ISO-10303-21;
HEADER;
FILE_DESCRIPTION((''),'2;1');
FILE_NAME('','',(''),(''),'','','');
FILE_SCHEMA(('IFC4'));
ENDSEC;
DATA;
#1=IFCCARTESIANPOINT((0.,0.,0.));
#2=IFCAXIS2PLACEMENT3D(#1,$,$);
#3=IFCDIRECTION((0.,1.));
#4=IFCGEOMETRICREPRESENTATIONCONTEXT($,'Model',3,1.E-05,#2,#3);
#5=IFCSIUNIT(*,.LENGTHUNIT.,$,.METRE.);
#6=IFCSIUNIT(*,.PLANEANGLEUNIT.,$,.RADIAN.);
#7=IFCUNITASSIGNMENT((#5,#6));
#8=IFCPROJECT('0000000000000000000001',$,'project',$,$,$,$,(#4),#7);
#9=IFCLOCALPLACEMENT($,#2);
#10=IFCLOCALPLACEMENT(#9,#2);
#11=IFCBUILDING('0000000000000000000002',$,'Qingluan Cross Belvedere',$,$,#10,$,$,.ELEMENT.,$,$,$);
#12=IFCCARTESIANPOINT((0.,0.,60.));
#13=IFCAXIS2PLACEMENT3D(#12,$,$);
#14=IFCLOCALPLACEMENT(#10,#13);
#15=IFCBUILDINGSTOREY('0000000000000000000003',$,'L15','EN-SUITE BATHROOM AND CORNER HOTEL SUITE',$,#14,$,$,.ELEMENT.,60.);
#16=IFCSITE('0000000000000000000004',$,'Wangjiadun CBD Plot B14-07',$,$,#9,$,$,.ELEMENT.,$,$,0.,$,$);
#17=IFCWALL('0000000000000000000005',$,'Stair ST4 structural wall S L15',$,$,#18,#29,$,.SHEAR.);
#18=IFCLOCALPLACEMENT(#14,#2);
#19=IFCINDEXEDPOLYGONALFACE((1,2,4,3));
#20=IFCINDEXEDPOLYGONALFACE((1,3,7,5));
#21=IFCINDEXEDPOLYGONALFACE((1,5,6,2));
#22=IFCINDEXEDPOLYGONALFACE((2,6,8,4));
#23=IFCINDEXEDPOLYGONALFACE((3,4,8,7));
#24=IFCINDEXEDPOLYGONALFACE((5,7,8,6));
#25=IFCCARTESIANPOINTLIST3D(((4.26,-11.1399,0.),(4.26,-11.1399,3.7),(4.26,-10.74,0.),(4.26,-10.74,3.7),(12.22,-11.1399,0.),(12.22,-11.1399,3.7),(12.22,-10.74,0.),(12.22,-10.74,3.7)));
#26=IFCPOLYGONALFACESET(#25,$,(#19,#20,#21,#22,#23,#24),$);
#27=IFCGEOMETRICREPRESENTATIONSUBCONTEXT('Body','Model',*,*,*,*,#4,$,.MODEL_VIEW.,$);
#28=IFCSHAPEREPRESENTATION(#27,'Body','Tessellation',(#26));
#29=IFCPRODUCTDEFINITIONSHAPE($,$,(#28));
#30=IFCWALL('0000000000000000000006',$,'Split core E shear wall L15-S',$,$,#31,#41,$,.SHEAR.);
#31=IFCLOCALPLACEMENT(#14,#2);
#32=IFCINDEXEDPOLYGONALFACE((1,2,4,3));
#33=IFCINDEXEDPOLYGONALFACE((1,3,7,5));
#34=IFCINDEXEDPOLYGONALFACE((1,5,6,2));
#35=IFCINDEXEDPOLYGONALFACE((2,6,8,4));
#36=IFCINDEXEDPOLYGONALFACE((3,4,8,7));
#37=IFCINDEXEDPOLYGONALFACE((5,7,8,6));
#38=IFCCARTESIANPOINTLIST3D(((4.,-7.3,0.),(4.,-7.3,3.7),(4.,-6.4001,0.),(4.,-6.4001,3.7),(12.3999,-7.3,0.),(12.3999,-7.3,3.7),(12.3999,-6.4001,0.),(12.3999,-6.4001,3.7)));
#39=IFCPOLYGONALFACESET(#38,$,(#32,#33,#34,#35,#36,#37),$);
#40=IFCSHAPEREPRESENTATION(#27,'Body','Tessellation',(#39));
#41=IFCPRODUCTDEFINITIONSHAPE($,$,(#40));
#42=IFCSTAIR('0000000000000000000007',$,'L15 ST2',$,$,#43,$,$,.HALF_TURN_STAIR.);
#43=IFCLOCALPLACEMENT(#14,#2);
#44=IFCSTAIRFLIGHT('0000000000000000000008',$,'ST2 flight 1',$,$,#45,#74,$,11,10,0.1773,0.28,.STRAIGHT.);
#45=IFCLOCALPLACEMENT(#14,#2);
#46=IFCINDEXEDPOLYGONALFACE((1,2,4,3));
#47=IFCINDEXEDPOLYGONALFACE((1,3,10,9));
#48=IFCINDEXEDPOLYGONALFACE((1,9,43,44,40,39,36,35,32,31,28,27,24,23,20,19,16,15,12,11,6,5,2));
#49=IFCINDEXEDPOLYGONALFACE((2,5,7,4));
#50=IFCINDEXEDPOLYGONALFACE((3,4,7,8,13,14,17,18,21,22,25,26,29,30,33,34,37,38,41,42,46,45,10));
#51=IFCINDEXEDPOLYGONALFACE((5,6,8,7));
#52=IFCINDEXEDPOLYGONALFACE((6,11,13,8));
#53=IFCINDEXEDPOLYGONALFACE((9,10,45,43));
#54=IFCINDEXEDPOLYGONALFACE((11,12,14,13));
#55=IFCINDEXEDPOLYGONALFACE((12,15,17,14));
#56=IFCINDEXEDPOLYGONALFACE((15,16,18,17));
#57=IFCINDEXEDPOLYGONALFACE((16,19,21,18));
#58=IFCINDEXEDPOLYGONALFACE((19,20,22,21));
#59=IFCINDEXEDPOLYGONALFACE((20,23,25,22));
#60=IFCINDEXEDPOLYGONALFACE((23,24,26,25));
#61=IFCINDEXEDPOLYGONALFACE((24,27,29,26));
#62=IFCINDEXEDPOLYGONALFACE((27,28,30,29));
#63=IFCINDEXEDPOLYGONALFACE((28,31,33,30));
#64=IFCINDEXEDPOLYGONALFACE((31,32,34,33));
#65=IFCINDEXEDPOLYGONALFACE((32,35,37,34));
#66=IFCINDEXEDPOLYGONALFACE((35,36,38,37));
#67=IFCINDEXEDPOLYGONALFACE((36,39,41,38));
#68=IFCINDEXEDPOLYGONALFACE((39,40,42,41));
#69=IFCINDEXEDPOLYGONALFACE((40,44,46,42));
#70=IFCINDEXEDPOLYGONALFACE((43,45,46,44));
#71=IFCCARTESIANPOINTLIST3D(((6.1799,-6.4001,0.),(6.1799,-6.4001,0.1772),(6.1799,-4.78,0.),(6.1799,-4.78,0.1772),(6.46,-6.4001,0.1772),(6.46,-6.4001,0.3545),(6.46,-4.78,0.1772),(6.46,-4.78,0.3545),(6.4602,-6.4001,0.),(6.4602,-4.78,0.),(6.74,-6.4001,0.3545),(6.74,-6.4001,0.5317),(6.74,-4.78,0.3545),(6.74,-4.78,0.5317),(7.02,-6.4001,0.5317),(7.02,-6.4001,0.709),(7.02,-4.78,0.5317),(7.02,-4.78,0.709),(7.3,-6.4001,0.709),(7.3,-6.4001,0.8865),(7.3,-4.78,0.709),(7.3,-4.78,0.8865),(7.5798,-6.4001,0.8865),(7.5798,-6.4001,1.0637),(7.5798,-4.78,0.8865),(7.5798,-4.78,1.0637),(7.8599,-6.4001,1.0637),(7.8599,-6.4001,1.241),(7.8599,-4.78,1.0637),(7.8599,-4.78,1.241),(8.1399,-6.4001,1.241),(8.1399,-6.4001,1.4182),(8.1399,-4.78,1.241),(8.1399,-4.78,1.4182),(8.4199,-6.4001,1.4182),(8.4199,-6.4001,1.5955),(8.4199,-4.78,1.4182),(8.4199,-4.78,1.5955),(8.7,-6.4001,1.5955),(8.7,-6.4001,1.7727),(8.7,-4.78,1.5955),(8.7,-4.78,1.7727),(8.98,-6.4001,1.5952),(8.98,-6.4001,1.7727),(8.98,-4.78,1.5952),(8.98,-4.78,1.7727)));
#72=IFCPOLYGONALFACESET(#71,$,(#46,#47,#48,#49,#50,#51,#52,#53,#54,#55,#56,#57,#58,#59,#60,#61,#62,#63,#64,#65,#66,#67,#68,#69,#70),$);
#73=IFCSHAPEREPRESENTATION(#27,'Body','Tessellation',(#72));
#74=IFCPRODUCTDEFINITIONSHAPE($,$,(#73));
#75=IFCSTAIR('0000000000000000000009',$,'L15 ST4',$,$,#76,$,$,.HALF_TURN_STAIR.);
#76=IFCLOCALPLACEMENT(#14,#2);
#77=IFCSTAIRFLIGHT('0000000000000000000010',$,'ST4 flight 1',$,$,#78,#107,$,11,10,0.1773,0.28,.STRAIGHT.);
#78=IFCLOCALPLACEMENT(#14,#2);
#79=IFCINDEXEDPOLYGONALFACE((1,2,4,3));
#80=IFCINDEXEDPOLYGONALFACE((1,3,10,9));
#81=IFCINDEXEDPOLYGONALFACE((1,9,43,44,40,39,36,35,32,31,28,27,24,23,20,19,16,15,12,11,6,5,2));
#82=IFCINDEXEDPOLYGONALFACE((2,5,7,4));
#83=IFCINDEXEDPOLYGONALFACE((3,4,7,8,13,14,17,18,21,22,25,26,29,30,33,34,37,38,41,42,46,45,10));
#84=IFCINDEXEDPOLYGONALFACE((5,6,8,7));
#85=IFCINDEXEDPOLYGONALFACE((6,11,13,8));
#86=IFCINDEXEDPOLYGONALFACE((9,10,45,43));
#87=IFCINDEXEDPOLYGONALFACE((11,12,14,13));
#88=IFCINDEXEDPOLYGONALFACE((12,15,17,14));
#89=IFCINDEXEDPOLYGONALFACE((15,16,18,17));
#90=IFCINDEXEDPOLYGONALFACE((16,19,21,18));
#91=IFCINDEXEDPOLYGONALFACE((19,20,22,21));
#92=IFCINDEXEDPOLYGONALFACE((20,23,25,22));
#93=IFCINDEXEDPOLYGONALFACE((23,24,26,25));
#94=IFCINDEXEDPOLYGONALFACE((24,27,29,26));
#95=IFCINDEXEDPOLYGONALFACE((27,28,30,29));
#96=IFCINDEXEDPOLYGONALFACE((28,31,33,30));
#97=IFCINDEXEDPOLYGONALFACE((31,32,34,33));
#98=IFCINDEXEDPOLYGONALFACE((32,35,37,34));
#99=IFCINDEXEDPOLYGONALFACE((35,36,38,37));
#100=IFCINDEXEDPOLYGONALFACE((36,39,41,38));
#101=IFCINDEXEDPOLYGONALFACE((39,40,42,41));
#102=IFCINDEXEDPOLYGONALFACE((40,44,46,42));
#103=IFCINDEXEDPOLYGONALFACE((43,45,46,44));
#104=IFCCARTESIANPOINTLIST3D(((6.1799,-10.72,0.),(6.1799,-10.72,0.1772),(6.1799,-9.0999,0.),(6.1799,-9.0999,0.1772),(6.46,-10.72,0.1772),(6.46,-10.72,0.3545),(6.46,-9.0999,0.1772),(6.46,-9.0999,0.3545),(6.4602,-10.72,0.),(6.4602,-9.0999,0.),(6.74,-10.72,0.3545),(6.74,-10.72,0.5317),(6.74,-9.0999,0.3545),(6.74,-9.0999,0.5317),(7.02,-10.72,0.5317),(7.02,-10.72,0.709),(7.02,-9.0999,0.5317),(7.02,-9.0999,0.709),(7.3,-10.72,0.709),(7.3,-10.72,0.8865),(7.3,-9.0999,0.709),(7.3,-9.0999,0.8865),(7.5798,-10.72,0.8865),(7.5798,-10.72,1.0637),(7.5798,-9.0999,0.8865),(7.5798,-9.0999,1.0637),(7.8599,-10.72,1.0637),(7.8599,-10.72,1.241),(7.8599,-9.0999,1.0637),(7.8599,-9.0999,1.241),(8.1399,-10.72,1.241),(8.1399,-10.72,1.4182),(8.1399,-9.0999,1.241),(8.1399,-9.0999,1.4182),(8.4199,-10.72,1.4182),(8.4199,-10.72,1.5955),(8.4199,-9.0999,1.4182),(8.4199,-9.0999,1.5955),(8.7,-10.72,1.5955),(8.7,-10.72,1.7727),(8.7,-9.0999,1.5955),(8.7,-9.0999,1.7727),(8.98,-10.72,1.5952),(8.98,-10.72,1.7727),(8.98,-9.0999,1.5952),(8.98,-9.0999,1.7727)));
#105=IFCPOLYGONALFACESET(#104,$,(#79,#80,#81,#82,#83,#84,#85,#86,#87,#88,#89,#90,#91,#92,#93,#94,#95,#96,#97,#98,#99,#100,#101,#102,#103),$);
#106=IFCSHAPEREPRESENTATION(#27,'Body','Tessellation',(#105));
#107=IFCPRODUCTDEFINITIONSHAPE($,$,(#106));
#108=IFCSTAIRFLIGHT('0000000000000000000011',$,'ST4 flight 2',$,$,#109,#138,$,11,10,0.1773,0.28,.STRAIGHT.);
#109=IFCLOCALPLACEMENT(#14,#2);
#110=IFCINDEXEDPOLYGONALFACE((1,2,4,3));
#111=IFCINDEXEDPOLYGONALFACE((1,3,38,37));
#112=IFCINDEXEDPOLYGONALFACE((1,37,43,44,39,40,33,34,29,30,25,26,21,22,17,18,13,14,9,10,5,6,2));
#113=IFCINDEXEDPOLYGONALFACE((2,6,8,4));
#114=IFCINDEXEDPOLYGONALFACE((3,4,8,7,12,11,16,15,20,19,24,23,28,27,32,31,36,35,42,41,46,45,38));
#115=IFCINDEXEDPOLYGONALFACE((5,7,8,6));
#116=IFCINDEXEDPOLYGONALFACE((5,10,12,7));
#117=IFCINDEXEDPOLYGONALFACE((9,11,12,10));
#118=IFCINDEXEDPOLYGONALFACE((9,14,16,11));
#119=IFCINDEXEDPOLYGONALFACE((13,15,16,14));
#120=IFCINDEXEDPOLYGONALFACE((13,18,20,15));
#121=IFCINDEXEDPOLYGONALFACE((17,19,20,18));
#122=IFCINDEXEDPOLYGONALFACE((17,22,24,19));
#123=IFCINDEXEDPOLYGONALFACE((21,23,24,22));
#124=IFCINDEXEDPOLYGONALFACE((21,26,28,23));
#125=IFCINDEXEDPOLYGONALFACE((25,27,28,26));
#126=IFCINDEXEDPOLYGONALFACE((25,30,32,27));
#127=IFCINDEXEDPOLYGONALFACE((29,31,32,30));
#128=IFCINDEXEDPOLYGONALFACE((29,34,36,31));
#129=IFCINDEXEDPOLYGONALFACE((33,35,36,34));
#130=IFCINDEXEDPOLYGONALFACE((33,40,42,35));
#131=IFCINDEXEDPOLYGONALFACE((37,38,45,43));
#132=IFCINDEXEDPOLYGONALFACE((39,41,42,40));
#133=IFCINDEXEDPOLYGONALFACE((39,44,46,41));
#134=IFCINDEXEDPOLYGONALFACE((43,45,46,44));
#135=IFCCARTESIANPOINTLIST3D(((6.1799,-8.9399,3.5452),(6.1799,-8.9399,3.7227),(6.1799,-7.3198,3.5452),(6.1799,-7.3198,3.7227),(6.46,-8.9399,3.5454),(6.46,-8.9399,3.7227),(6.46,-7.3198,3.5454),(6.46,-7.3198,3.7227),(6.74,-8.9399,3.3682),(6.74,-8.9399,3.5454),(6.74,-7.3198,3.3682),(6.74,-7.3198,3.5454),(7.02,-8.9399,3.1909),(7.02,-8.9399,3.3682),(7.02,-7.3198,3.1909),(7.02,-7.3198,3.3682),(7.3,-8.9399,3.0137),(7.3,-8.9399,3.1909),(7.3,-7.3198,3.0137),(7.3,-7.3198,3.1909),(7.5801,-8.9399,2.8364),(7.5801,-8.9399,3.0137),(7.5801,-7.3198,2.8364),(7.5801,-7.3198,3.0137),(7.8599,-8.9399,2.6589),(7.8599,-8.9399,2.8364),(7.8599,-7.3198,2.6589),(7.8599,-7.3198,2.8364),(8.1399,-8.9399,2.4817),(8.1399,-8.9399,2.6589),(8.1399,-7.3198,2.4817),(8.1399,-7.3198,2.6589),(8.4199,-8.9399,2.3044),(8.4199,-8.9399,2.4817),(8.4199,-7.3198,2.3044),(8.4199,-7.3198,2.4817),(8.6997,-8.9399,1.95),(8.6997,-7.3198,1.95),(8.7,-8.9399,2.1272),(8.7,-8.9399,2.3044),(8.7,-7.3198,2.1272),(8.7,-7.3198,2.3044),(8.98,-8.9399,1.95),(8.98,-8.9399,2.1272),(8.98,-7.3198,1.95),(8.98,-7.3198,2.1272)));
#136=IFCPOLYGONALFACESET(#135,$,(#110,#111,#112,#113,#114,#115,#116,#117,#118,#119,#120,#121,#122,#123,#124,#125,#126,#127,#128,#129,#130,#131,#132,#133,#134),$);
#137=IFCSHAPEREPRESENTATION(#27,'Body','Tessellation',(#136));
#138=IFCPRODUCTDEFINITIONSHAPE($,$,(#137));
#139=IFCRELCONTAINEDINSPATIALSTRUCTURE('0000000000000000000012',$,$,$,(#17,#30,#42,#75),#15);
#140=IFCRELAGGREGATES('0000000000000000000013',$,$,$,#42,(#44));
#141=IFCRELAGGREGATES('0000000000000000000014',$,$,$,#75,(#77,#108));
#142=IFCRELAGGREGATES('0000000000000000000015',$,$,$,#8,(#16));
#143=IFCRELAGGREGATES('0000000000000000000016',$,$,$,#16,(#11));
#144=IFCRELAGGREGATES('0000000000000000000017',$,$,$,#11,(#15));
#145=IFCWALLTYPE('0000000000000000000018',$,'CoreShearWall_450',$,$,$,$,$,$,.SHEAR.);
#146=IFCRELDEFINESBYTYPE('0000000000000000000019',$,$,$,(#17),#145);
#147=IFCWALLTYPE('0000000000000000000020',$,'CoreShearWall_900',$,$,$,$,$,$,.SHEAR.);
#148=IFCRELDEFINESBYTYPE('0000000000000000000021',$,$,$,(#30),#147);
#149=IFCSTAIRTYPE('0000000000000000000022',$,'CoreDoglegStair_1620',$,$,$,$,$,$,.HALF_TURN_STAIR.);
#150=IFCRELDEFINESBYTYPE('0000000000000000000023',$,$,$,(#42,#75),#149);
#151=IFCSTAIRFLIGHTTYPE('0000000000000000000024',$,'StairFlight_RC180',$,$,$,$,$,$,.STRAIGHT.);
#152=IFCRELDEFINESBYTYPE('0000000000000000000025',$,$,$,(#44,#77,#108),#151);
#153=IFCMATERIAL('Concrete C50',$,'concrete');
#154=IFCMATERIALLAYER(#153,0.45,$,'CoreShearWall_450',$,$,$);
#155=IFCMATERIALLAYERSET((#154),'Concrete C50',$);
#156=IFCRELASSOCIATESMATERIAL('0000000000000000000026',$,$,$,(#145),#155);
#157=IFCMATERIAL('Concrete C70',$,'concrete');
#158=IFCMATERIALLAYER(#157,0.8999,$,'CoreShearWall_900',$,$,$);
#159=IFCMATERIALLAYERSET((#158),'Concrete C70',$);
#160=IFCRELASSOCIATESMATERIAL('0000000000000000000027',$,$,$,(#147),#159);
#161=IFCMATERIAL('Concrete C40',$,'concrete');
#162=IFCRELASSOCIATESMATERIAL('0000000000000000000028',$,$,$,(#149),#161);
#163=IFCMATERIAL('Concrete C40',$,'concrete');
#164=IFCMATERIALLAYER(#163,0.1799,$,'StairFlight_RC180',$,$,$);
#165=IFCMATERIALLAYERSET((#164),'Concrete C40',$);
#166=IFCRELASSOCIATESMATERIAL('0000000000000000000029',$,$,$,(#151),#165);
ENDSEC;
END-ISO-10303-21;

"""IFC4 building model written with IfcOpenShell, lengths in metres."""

from ifc_helpers import new_model, si_unit, direction, frame, frame_2d, origin, place, context, subcontext, project, spatial, polyline, rectangle, outline, extrude, material, layer, layer_set, type_object, element, aggregate, save


model = new_model("IFC4")

# Units and contexts
model_context = context("Model", 3, precision=1e-05, world=origin(), true_north=direction((0.0, 1.0)))
body_context = subcontext(model_context, "Body", "Model", "MODEL_VIEW")
ifc_project = project(units=[si_unit("LENGTHUNIT", "METRE"), si_unit("PLANEANGLEUNIT", "RADIAN")], contexts=[model_context])

# Site, building, storey
site_placement = place(None, origin())
site = spatial("IfcSite", under=ifc_project, at=site_placement, Name="Wangjiadun CBD Plot B14-07", CompositionType="ELEMENT", RefElevation=0.0)
building_placement = place(site_placement, origin())
building = spatial("IfcBuilding", under=site, at=building_placement, Name="Qingluan Cross Belvedere", CompositionType="ELEMENT")
storey_placement = place(building_placement, frame((0.0, 0.0, 60.0)))
storey = spatial("IfcBuildingStorey", under=building, at=storey_placement, Name="L15", Description="EN-SUITE BATHROOM AND CORNER HOTEL SUITE", CompositionType="ELEMENT", Elevation=60.0)

# Wall
ifc_material_1 = material(Name="Concrete C50", Category="concrete")
ifc_layer_1 = layer(ifc_material_1, 0.45, Name="CoreShearWall_450")
ifc_layer_set_1 = layer_set([ifc_layer_1], Name="Concrete C50")
wall_type_1 = type_object("IfcWallType", Name="CoreShearWall_450", PredefinedType="SHEAR", material=ifc_layer_set_1)
wall_1_placement = place(storey_placement, frame((4.26, -10.9399, 0.0), z_axis=(0.0, 0.0, 1.0), x_axis=(1.0, 0.0, 0.0)))
element("IfcWall", 1, at=wall_1_placement, inside=storey, type_object=wall_type_1, Name="Stair ST4 structural wall S L15", PredefinedType="SHEAR", context=body_context, shape_type="SweptSolid", body=[
    extrude(rectangle(XDim=7.96, YDim=0.3999, at=frame_2d((3.98, 0.0))), origin(), (0.0, 0.0, 1.0), 3.7),
])

# Wall
ifc_material_2 = material(Name="Concrete C70", Category="concrete")
ifc_layer_2 = layer(ifc_material_2, 0.8999, Name="CoreShearWall_900")
ifc_layer_set_2 = layer_set([ifc_layer_2], Name="Concrete C70")
wall_type_2 = type_object("IfcWallType", Name="CoreShearWall_900", PredefinedType="SHEAR", material=ifc_layer_set_2)
wall_2_placement = place(storey_placement, frame((4.0, -6.8501, 0.0), z_axis=(0.0, 0.0, 1.0), x_axis=(1.0, 0.0, 0.0)))
element("IfcWall", 2, at=wall_2_placement, inside=storey, type_object=wall_type_2, Name="Split core E shear wall L15-S", PredefinedType="SHEAR", context=body_context, shape_type="SweptSolid", body=[
    extrude(rectangle(XDim=8.3999, YDim=0.8999, at=frame_2d((4.2, 0.0))), origin(), (0.0, 0.0, 1.0), 3.7),
])

# Stair, stair flight
ifc_material_3 = material(Name="Concrete C40", Category="concrete")
stair_type = type_object("IfcStairType", Name="CoreDoglegStair_1620", PredefinedType="HALF_TURN_STAIR", material=ifc_material_3)
stair_1_placement = place(storey_placement, origin())
stair_1 = element("IfcStair", 3, at=stair_1_placement, inside=storey, type_object=stair_type, Name="L15 ST2", PredefinedType="HALF_TURN_STAIR")
ifc_material_4 = material(Name="Concrete C40", Category="concrete")
ifc_layer_3 = layer(ifc_material_4, 0.1799, Name="StairFlight_RC180")
ifc_layer_set_3 = layer_set([ifc_layer_3], Name="Concrete C40")
stair_flight_type = type_object("IfcStairFlightType", Name="StairFlight_RC180", PredefinedType="STRAIGHT", material=ifc_layer_set_3)
stair_flight_1_placement = place(storey_placement, frame((6.1799, -5.5901, 0.0), z_axis=(0.0, 0.0, 1.0), x_axis=(1.0, 0.0, 0.0)))
stair_flight_1 = element("IfcStairFlight", 4, at=stair_flight_1_placement, type_object=stair_flight_type, Name="ST2 flight 1", NumberOfRisers=11, NumberOfTreads=10, PredefinedType="STRAIGHT", RiserHeight=0.1773, TreadLength=0.28, context=body_context, shape_type="SweptSolid", body=[
    extrude(outline(polyline([(0.0, 0.0), (0.0, 0.1772), (0.28, 0.1772), (0.28, 0.3545), (0.5601, 0.3545), (0.5601, 0.5317), (0.8401, 0.5317), (0.8401, 0.709), (1.1201, 0.709), (1.1201, 0.8865), (1.3999, 0.8865), (1.3999, 1.0637), (1.6799, 1.0637), (1.6799, 1.241), (1.96, 1.241), (1.96, 1.4182), (2.24, 1.4182), (2.24, 1.5955), (2.52, 1.5955), (2.52, 1.7727), (2.8, 1.7727), (2.8, 1.95), (2.8, 1.5952), (0.2803, 0.0), (0.0, 0.0)])), frame((0.0, 0.8101, 0.0), z_axis=(0.0, -1.0, 0.0), x_axis=(1.0, 0.0, 0.0)), (0.0, 0.0, 1.0), 1.6201),
])
aggregate(stair_1, [stair_flight_1])

# Stair, stair flights
stair_2_placement = place(storey_placement, origin())
stair_2 = element("IfcStair", 5, at=stair_2_placement, inside=storey, type_object=stair_type, Name="L15 ST4", PredefinedType="HALF_TURN_STAIR")
stair_flight_2_placement = place(storey_placement, frame((6.1799, -9.9099, 0.0), z_axis=(0.0, 0.0, 1.0), x_axis=(1.0, 0.0, 0.0)))
stair_flight_2 = element("IfcStairFlight", 6, at=stair_flight_2_placement, type_object=stair_flight_type, Name="ST4 flight 1", NumberOfRisers=11, NumberOfTreads=10, PredefinedType="STRAIGHT", RiserHeight=0.1773, TreadLength=0.28, context=body_context, shape_type="SweptSolid", body=[
    extrude(outline(polyline([(0.0, 0.0), (0.0, 0.1772), (0.28, 0.1772), (0.28, 0.3545), (0.5601, 0.3545), (0.5601, 0.5317), (0.8401, 0.5317), (0.8401, 0.709), (1.1201, 0.709), (1.1201, 0.8865), (1.3999, 0.8865), (1.3999, 1.0637), (1.6799, 1.0637), (1.6799, 1.241), (1.96, 1.241), (1.96, 1.4182), (2.24, 1.4182), (2.24, 1.5955), (2.52, 1.5955), (2.52, 1.7727), (2.8, 1.7727), (2.8, 1.95), (2.8, 1.5952), (0.2803, 0.0), (0.0, 0.0)])), frame((0.0, 0.8101, 0.0), z_axis=(0.0, -1.0, 0.0), x_axis=(1.0, 0.0, 0.0)), (0.0, 0.0, 1.0), 1.6201),
])
stair_flight_3_placement = place(storey_placement, frame((8.98, -8.1299, 1.95), z_axis=(0.0, 0.0, 1.0), x_axis=(-1.0, 0.0, 0.0)))
stair_flight_3 = element("IfcStairFlight", 7, at=stair_flight_3_placement, type_object=stair_flight_type, Name="ST4 flight 2", NumberOfRisers=11, NumberOfTreads=10, PredefinedType="STRAIGHT", RiserHeight=0.1773, TreadLength=0.28, context=body_context, shape_type="SweptSolid", body=[
    extrude(outline(polyline([(0.0, 0.0), (0.0, 0.1772), (0.28, 0.1772), (0.28, 0.3545), (0.5601, 0.3545), (0.5601, 0.5317), (0.8401, 0.5317), (0.8401, 0.709), (1.1201, 0.709), (1.1201, 0.8865), (1.3999, 0.8865), (1.3999, 1.0637), (1.6799, 1.0637), (1.6799, 1.241), (1.96, 1.241), (1.96, 1.4182), (2.24, 1.4182), (2.24, 1.5955), (2.52, 1.5955), (2.52, 1.7727), (2.8, 1.7727), (2.8, 1.95), (2.8, 1.5952), (0.2803, 0.0), (0.0, 0.0)])), frame((0.0, 0.8101, 0.0), z_axis=(0.0, -1.0, 0.0), x_axis=(1.0, 0.0, 0.0)), (0.0, 0.0, 1.0), 1.6201),
])
aggregate(stair_2, [stair_flight_2, stair_flight_3])

save(model, "model.ifc")
